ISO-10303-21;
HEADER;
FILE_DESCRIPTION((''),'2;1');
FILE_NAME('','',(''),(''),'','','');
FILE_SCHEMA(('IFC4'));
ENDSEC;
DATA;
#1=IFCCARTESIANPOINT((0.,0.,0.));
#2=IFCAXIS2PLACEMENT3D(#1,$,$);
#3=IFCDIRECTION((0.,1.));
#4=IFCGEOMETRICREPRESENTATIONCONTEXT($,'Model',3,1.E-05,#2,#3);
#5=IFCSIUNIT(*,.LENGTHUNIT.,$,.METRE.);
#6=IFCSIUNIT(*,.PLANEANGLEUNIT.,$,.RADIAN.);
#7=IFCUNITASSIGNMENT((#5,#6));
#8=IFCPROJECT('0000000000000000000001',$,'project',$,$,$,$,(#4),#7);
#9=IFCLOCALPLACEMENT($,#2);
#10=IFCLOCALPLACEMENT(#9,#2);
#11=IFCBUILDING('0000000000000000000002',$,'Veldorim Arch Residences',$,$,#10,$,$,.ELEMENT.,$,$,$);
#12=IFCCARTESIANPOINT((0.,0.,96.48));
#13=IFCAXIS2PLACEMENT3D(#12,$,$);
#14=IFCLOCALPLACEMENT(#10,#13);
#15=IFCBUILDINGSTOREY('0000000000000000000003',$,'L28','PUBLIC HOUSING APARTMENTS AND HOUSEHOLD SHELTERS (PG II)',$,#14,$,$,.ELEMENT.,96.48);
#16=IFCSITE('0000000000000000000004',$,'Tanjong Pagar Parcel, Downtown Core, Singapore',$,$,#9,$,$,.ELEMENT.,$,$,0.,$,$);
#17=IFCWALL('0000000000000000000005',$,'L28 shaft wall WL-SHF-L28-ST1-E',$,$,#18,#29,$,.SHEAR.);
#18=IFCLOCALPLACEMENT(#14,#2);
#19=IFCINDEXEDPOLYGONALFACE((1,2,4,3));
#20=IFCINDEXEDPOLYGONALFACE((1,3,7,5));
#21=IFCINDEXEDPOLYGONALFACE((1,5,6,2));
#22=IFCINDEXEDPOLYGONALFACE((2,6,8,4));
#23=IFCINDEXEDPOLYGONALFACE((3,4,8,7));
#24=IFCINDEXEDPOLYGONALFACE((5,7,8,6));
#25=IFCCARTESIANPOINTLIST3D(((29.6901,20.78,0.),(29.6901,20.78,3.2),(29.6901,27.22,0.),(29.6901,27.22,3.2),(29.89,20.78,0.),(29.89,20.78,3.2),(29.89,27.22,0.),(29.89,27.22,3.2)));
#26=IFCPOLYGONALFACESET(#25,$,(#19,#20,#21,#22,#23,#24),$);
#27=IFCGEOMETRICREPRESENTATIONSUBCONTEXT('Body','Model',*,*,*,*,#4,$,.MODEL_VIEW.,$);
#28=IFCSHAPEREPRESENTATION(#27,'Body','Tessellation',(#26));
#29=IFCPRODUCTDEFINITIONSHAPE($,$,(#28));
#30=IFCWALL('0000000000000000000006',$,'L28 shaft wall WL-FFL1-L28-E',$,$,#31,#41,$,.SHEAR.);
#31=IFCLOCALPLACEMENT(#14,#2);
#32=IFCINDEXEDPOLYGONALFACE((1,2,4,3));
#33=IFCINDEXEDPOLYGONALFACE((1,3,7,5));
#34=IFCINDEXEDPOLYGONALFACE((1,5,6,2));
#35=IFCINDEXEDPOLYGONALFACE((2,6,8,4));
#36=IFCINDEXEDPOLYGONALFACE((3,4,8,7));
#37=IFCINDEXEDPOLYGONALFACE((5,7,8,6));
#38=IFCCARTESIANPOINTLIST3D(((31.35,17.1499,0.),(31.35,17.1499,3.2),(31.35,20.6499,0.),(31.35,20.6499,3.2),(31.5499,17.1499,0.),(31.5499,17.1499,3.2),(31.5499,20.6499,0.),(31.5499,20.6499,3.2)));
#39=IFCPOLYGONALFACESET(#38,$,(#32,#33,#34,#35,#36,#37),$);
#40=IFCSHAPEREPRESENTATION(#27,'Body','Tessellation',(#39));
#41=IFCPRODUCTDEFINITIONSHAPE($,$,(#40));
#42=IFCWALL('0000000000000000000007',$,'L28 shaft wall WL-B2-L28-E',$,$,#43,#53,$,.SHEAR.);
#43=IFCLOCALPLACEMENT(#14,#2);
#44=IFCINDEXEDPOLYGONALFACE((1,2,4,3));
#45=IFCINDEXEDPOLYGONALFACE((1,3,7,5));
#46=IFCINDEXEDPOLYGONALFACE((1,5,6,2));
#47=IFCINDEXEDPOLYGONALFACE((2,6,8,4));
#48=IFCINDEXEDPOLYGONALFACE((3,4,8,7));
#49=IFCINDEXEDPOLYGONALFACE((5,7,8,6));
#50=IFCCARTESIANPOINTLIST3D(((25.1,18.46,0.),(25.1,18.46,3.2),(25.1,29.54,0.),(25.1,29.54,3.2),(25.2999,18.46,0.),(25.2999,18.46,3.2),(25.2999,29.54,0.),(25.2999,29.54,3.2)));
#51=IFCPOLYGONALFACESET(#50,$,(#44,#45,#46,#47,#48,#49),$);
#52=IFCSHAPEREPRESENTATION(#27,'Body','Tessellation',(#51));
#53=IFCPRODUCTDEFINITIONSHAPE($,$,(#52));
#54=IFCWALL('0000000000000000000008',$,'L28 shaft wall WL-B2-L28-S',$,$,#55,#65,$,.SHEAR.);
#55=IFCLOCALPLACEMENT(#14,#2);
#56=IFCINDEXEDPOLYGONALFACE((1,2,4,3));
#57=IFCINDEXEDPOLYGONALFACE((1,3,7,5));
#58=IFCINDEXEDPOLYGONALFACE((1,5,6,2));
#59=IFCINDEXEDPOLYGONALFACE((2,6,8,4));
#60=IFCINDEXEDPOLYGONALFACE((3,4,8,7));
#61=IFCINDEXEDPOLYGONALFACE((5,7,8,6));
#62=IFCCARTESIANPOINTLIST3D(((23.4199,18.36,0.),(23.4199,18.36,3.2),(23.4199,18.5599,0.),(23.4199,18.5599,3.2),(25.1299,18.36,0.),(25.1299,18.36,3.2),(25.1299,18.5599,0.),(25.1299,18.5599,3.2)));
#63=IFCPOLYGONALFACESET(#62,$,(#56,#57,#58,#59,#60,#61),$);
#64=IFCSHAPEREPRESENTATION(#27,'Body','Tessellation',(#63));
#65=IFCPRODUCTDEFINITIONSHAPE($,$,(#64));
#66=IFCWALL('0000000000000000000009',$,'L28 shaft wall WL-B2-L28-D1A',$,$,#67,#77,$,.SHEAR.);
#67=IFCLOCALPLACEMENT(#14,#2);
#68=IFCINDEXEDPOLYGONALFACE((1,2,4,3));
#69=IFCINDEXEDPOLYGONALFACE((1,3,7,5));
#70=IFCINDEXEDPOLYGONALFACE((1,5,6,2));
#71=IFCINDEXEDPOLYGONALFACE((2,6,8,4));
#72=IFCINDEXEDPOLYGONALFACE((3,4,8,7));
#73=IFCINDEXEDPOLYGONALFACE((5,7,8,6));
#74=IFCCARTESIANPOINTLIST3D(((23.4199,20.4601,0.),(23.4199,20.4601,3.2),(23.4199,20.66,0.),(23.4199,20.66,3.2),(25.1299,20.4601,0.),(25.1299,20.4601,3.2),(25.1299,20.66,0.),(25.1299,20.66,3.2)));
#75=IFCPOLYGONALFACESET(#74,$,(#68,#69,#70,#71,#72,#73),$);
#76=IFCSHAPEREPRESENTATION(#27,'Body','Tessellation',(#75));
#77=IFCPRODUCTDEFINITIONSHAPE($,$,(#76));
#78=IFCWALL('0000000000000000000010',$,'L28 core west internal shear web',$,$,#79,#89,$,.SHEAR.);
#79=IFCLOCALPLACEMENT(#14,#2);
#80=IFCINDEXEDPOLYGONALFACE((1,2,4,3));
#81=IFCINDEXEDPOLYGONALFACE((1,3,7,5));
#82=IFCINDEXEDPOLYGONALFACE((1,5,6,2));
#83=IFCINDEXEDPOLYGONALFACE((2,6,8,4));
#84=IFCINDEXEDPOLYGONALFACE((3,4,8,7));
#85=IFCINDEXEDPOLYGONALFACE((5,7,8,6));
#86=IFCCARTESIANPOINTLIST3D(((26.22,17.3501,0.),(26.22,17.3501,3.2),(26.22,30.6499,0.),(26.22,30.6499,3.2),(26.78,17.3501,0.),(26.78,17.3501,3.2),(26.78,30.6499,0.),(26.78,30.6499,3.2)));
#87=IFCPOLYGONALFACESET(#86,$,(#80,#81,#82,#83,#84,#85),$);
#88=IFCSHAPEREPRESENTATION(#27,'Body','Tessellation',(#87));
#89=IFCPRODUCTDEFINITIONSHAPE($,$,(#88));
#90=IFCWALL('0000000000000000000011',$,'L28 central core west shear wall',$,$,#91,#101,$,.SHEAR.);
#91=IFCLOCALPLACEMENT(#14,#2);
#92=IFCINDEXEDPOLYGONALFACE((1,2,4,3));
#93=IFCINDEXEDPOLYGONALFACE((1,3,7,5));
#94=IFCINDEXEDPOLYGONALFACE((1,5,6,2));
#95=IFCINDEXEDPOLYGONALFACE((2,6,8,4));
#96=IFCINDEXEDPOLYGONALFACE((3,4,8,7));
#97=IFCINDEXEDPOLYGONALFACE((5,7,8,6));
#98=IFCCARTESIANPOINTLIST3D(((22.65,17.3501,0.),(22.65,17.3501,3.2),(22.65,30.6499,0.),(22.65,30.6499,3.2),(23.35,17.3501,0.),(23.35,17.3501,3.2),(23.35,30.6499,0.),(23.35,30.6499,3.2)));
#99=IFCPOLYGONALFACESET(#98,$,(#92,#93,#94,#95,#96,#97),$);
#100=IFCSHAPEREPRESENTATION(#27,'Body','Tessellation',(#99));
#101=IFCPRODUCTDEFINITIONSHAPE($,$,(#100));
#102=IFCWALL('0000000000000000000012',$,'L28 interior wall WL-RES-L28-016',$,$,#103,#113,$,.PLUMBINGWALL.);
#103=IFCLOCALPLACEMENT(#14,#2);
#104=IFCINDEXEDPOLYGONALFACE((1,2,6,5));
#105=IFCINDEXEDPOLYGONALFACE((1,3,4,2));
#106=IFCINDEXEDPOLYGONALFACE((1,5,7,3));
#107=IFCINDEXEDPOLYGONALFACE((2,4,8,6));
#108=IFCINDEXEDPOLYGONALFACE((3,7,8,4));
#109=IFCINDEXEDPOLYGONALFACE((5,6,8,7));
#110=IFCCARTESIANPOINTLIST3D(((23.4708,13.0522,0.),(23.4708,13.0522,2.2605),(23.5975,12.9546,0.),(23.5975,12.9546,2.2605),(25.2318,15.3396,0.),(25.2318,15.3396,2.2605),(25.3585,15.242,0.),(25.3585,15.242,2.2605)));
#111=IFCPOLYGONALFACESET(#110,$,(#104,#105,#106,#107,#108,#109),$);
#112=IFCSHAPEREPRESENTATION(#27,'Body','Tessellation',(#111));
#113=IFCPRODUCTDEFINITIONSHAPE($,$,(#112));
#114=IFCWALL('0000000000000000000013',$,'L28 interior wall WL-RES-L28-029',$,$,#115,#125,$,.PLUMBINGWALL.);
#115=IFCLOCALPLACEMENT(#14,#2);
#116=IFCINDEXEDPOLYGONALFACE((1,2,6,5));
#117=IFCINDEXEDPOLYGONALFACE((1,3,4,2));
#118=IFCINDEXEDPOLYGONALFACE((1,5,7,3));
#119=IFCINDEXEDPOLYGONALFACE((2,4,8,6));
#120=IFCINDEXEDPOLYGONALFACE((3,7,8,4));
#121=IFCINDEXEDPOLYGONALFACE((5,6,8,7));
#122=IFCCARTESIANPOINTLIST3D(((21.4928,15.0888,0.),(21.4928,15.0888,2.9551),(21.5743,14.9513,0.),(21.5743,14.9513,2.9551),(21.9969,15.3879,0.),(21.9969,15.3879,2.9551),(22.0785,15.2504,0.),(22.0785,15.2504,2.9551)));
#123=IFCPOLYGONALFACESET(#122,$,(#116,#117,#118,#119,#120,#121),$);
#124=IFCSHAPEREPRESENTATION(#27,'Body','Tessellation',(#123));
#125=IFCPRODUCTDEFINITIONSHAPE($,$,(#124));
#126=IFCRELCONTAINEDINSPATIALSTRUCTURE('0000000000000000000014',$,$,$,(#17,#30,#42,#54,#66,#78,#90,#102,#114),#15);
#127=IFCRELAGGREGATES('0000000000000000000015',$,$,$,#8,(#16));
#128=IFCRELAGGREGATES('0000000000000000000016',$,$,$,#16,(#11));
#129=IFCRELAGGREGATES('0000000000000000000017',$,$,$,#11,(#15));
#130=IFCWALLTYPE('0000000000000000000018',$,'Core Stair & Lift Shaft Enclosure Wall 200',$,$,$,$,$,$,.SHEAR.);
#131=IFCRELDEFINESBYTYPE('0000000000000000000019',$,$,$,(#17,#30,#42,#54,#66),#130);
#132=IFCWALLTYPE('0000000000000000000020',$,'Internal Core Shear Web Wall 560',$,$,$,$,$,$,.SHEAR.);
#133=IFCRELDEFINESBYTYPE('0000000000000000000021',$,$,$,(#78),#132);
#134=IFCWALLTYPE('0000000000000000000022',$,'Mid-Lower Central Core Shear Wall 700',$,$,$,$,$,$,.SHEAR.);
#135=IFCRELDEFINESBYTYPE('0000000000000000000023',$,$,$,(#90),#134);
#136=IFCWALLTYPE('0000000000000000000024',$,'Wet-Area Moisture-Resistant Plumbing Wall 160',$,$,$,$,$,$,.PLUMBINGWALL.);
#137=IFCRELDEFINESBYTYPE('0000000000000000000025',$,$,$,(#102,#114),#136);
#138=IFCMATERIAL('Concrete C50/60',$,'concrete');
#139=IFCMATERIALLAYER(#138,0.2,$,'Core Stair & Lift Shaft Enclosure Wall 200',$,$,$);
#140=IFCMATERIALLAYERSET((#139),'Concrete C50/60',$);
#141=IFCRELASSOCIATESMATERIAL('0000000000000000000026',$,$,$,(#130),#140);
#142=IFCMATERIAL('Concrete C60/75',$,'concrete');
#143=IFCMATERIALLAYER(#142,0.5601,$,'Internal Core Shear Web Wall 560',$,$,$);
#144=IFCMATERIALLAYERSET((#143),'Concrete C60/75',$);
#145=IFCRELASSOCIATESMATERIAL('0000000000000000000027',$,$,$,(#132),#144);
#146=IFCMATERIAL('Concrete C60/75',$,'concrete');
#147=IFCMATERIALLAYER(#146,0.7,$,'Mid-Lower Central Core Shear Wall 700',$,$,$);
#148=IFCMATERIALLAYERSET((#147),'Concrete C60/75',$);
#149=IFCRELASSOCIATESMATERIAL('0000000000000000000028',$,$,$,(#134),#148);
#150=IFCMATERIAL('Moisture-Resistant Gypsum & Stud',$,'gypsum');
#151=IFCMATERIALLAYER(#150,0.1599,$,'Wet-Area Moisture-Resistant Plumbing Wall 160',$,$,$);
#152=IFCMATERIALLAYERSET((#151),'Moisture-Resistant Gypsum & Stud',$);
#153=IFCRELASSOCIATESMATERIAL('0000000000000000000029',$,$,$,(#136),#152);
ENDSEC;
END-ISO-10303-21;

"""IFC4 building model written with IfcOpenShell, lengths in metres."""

from ifc_helpers import new_model, si_unit, direction, frame, frame_2d, origin, place, context, subcontext, project, spatial, rectangle, extrude, material, layer, layer_set, type_object, element, save


model = new_model("IFC4")

# Units and contexts
model_context = context("Model", 3, precision=1e-05, world=origin(), true_north=direction((0.0, 1.0)))
body_context = subcontext(model_context, "Body", "Model", "MODEL_VIEW")
ifc_project = project(units=[si_unit("LENGTHUNIT", "METRE"), si_unit("PLANEANGLEUNIT", "RADIAN")], contexts=[model_context])

# Site, building, storey
site_placement = place(None, origin())
site = spatial("IfcSite", under=ifc_project, at=site_placement, Name="Tanjong Pagar Parcel, Downtown Core, Singapore", CompositionType="ELEMENT", RefElevation=0.0)
building_placement = place(site_placement, origin())
building = spatial("IfcBuilding", under=site, at=building_placement, Name="Veldorim Arch Residences", CompositionType="ELEMENT")
storey_placement = place(building_placement, frame((0.0, 0.0, 96.48)))
storey = spatial("IfcBuildingStorey", under=building, at=storey_placement, Name="L28", Description="PUBLIC HOUSING APARTMENTS AND HOUSEHOLD SHELTERS (PG II)", CompositionType="ELEMENT", Elevation=96.48)

# Wall
ifc_material_1 = material(Name="Concrete C50/60", Category="concrete")
ifc_layer_1 = layer(ifc_material_1, 0.2, Name="Core Stair & Lift Shaft Enclosure Wall 200")
ifc_layer_set_1 = layer_set([ifc_layer_1], Name="Concrete C50/60")
wall_type_1 = type_object("IfcWallType", Name="Core Stair & Lift Shaft Enclosure Wall 200", PredefinedType="SHEAR", material=ifc_layer_set_1)
wall_1_placement = place(storey_placement, frame((29.79, 20.78, 0.0), z_axis=(0.0, 0.0, 1.0), x_axis=(0.0, 1.0, 0.0)))
element("IfcWall", 1, at=wall_1_placement, inside=storey, type_object=wall_type_1, Name="L28 shaft wall WL-SHF-L28-ST1-E", PredefinedType="SHEAR", context=body_context, shape_type="SweptSolid", body=[
    extrude(rectangle(XDim=6.4399, YDim=0.2, at=frame_2d((3.22, 0.0))), origin(), (0.0, 0.0, 1.0), 3.2),
])

# Wall
wall_2_placement = place(storey_placement, frame((31.45, 17.1499, 0.0), z_axis=(0.0, 0.0, 1.0), x_axis=(0.0, 1.0, 0.0)))
element("IfcWall", 2, at=wall_2_placement, inside=storey, type_object=wall_type_1, Name="L28 shaft wall WL-FFL1-L28-E", PredefinedType="SHEAR", context=body_context, shape_type="SweptSolid", body=[
    extrude(rectangle(XDim=3.5, YDim=0.2, at=frame_2d((1.75, 0.0))), origin(), (0.0, 0.0, 1.0), 3.2),
])

# Walls
wall_3_placement = place(storey_placement, frame((25.2, 18.46, 0.0), z_axis=(0.0, 0.0, 1.0), x_axis=(0.0, 1.0, 0.0)))
element("IfcWall", 3, at=wall_3_placement, inside=storey, type_object=wall_type_1, Name="L28 shaft wall WL-B2-L28-E", PredefinedType="SHEAR", context=body_context, shape_type="SweptSolid", body=[
    extrude(rectangle(XDim=11.0801, YDim=0.2, at=frame_2d((5.54, 0.0))), origin(), (0.0, 0.0, 1.0), 3.2),
])
for number, where, z_axis, x_axis, name in (
    (4, (23.4199, 18.46, 0.0), (0.0, 0.0, 1.0), (1.0, 0.0, 0.0), "L28 shaft wall WL-B2-L28-S"),
    (5, (23.4199, 20.5601, 0.0), (0.0, 0.0, 1.0), (1.0, 0.0, 0.0), "L28 shaft wall WL-B2-L28-D1A"),
):
    element("IfcWall", number, at=place(storey_placement, frame(where, z_axis=z_axis, x_axis=x_axis)), inside=storey, type_object=wall_type_1, Name=name, PredefinedType="SHEAR", context=body_context, shape_type="SweptSolid", body=[
        extrude(rectangle(XDim=1.71, YDim=0.2, at=frame_2d((0.855, 0.0))), origin(), (0.0, 0.0, 1.0), 3.2),
    ])
ifc_material_2 = material(Name="Concrete C60/75", Category="concrete")
ifc_layer_2 = layer(ifc_material_2, 0.5601, Name="Internal Core Shear Web Wall 560")
ifc_layer_set_2 = layer_set([ifc_layer_2], Name="Concrete C60/75")
wall_type_2 = type_object("IfcWallType", Name="Internal Core Shear Web Wall 560", PredefinedType="SHEAR", material=ifc_layer_set_2)
wall_4_placement = place(storey_placement, frame((26.5, 17.3501, 0.0), z_axis=(0.0, 0.0, 1.0), x_axis=(0.0, 1.0, 0.0)))
element("IfcWall", 6, at=wall_4_placement, inside=storey, type_object=wall_type_2, Name="L28 core west internal shear web", PredefinedType="SHEAR", context=body_context, shape_type="SweptSolid", body=[
    extrude(rectangle(XDim=13.2998, YDim=0.5601, at=frame_2d((6.6499, 0.0))), origin(), (0.0, 0.0, 1.0), 3.2),
])

# Shared definitions
ifc_material_3 = material(Name="Concrete C60/75", Category="concrete")
ifc_layer_3 = layer(ifc_material_3, 0.7, Name="Mid-Lower Central Core Shear Wall 700")
ifc_layer_set_3 = layer_set([ifc_layer_3], Name="Concrete C60/75")
wall_type_3 = type_object("IfcWallType", Name="Mid-Lower Central Core Shear Wall 700", PredefinedType="SHEAR", material=ifc_layer_set_3)

# Walls
wall_5_placement = place(storey_placement, frame((23.0, 17.3501, 0.0), z_axis=(0.0, 0.0, 1.0), x_axis=(0.0, 1.0, 0.0)))
element("IfcWall", 7, at=wall_5_placement, inside=storey, type_object=wall_type_3, Name="L28 central core west shear wall", PredefinedType="SHEAR", context=body_context, shape_type="SweptSolid", body=[
    extrude(rectangle(XDim=13.2998, YDim=0.7, at=frame_2d((6.6499, 0.0))), origin(), (0.0, 0.0, 1.0), 3.2),
])
ifc_material_4 = material(Name="Moisture-Resistant Gypsum & Stud", Category="gypsum")
ifc_layer_4 = layer(ifc_material_4, 0.1599, Name="Wet-Area Moisture-Resistant Plumbing Wall 160")
ifc_layer_set_4 = layer_set([ifc_layer_4], Name="Moisture-Resistant Gypsum & Stud")
wall_type_4 = type_object("IfcWallType", Name="Wet-Area Moisture-Resistant Plumbing Wall 160", PredefinedType="PLUMBINGWALL", material=ifc_layer_set_4)
wall_6_placement = place(storey_placement, frame((23.5342, 13.0034, 0.0), z_axis=(0.0, 0.0, 1.0), x_axis=(0.610034, 0.792376, 0.0)))
element("IfcWall", 8, at=wall_6_placement, inside=storey, type_object=wall_type_4, Name="L28 interior wall WL-RES-L28-016", PredefinedType="PLUMBINGWALL", context=body_context, shape_type="SweptSolid", body=[
    extrude(rectangle(XDim=2.8867, YDim=0.1599, at=frame_2d((1.4434, 0.0))), origin(), (0.0, 0.0, 1.0), 2.2605),
])
wall_7_placement = place(storey_placement, frame((22.0376, 15.3191, 0.0), z_axis=(0.0, 0.0, 1.0), x_axis=(-0.860055, -0.510202, 0.0)))
element("IfcWall", 9, at=wall_7_placement, inside=storey, type_object=wall_type_4, Name="L28 interior wall WL-RES-L28-029", PredefinedType="PLUMBINGWALL", context=body_context, shape_type="SweptSolid", body=[
    extrude(rectangle(XDim=0.5862, YDim=0.1599, at=frame_2d((0.293, 0.0))), origin(), (0.0, 0.0, 1.0), 2.9551),
])

save(model, "model.ifc")
